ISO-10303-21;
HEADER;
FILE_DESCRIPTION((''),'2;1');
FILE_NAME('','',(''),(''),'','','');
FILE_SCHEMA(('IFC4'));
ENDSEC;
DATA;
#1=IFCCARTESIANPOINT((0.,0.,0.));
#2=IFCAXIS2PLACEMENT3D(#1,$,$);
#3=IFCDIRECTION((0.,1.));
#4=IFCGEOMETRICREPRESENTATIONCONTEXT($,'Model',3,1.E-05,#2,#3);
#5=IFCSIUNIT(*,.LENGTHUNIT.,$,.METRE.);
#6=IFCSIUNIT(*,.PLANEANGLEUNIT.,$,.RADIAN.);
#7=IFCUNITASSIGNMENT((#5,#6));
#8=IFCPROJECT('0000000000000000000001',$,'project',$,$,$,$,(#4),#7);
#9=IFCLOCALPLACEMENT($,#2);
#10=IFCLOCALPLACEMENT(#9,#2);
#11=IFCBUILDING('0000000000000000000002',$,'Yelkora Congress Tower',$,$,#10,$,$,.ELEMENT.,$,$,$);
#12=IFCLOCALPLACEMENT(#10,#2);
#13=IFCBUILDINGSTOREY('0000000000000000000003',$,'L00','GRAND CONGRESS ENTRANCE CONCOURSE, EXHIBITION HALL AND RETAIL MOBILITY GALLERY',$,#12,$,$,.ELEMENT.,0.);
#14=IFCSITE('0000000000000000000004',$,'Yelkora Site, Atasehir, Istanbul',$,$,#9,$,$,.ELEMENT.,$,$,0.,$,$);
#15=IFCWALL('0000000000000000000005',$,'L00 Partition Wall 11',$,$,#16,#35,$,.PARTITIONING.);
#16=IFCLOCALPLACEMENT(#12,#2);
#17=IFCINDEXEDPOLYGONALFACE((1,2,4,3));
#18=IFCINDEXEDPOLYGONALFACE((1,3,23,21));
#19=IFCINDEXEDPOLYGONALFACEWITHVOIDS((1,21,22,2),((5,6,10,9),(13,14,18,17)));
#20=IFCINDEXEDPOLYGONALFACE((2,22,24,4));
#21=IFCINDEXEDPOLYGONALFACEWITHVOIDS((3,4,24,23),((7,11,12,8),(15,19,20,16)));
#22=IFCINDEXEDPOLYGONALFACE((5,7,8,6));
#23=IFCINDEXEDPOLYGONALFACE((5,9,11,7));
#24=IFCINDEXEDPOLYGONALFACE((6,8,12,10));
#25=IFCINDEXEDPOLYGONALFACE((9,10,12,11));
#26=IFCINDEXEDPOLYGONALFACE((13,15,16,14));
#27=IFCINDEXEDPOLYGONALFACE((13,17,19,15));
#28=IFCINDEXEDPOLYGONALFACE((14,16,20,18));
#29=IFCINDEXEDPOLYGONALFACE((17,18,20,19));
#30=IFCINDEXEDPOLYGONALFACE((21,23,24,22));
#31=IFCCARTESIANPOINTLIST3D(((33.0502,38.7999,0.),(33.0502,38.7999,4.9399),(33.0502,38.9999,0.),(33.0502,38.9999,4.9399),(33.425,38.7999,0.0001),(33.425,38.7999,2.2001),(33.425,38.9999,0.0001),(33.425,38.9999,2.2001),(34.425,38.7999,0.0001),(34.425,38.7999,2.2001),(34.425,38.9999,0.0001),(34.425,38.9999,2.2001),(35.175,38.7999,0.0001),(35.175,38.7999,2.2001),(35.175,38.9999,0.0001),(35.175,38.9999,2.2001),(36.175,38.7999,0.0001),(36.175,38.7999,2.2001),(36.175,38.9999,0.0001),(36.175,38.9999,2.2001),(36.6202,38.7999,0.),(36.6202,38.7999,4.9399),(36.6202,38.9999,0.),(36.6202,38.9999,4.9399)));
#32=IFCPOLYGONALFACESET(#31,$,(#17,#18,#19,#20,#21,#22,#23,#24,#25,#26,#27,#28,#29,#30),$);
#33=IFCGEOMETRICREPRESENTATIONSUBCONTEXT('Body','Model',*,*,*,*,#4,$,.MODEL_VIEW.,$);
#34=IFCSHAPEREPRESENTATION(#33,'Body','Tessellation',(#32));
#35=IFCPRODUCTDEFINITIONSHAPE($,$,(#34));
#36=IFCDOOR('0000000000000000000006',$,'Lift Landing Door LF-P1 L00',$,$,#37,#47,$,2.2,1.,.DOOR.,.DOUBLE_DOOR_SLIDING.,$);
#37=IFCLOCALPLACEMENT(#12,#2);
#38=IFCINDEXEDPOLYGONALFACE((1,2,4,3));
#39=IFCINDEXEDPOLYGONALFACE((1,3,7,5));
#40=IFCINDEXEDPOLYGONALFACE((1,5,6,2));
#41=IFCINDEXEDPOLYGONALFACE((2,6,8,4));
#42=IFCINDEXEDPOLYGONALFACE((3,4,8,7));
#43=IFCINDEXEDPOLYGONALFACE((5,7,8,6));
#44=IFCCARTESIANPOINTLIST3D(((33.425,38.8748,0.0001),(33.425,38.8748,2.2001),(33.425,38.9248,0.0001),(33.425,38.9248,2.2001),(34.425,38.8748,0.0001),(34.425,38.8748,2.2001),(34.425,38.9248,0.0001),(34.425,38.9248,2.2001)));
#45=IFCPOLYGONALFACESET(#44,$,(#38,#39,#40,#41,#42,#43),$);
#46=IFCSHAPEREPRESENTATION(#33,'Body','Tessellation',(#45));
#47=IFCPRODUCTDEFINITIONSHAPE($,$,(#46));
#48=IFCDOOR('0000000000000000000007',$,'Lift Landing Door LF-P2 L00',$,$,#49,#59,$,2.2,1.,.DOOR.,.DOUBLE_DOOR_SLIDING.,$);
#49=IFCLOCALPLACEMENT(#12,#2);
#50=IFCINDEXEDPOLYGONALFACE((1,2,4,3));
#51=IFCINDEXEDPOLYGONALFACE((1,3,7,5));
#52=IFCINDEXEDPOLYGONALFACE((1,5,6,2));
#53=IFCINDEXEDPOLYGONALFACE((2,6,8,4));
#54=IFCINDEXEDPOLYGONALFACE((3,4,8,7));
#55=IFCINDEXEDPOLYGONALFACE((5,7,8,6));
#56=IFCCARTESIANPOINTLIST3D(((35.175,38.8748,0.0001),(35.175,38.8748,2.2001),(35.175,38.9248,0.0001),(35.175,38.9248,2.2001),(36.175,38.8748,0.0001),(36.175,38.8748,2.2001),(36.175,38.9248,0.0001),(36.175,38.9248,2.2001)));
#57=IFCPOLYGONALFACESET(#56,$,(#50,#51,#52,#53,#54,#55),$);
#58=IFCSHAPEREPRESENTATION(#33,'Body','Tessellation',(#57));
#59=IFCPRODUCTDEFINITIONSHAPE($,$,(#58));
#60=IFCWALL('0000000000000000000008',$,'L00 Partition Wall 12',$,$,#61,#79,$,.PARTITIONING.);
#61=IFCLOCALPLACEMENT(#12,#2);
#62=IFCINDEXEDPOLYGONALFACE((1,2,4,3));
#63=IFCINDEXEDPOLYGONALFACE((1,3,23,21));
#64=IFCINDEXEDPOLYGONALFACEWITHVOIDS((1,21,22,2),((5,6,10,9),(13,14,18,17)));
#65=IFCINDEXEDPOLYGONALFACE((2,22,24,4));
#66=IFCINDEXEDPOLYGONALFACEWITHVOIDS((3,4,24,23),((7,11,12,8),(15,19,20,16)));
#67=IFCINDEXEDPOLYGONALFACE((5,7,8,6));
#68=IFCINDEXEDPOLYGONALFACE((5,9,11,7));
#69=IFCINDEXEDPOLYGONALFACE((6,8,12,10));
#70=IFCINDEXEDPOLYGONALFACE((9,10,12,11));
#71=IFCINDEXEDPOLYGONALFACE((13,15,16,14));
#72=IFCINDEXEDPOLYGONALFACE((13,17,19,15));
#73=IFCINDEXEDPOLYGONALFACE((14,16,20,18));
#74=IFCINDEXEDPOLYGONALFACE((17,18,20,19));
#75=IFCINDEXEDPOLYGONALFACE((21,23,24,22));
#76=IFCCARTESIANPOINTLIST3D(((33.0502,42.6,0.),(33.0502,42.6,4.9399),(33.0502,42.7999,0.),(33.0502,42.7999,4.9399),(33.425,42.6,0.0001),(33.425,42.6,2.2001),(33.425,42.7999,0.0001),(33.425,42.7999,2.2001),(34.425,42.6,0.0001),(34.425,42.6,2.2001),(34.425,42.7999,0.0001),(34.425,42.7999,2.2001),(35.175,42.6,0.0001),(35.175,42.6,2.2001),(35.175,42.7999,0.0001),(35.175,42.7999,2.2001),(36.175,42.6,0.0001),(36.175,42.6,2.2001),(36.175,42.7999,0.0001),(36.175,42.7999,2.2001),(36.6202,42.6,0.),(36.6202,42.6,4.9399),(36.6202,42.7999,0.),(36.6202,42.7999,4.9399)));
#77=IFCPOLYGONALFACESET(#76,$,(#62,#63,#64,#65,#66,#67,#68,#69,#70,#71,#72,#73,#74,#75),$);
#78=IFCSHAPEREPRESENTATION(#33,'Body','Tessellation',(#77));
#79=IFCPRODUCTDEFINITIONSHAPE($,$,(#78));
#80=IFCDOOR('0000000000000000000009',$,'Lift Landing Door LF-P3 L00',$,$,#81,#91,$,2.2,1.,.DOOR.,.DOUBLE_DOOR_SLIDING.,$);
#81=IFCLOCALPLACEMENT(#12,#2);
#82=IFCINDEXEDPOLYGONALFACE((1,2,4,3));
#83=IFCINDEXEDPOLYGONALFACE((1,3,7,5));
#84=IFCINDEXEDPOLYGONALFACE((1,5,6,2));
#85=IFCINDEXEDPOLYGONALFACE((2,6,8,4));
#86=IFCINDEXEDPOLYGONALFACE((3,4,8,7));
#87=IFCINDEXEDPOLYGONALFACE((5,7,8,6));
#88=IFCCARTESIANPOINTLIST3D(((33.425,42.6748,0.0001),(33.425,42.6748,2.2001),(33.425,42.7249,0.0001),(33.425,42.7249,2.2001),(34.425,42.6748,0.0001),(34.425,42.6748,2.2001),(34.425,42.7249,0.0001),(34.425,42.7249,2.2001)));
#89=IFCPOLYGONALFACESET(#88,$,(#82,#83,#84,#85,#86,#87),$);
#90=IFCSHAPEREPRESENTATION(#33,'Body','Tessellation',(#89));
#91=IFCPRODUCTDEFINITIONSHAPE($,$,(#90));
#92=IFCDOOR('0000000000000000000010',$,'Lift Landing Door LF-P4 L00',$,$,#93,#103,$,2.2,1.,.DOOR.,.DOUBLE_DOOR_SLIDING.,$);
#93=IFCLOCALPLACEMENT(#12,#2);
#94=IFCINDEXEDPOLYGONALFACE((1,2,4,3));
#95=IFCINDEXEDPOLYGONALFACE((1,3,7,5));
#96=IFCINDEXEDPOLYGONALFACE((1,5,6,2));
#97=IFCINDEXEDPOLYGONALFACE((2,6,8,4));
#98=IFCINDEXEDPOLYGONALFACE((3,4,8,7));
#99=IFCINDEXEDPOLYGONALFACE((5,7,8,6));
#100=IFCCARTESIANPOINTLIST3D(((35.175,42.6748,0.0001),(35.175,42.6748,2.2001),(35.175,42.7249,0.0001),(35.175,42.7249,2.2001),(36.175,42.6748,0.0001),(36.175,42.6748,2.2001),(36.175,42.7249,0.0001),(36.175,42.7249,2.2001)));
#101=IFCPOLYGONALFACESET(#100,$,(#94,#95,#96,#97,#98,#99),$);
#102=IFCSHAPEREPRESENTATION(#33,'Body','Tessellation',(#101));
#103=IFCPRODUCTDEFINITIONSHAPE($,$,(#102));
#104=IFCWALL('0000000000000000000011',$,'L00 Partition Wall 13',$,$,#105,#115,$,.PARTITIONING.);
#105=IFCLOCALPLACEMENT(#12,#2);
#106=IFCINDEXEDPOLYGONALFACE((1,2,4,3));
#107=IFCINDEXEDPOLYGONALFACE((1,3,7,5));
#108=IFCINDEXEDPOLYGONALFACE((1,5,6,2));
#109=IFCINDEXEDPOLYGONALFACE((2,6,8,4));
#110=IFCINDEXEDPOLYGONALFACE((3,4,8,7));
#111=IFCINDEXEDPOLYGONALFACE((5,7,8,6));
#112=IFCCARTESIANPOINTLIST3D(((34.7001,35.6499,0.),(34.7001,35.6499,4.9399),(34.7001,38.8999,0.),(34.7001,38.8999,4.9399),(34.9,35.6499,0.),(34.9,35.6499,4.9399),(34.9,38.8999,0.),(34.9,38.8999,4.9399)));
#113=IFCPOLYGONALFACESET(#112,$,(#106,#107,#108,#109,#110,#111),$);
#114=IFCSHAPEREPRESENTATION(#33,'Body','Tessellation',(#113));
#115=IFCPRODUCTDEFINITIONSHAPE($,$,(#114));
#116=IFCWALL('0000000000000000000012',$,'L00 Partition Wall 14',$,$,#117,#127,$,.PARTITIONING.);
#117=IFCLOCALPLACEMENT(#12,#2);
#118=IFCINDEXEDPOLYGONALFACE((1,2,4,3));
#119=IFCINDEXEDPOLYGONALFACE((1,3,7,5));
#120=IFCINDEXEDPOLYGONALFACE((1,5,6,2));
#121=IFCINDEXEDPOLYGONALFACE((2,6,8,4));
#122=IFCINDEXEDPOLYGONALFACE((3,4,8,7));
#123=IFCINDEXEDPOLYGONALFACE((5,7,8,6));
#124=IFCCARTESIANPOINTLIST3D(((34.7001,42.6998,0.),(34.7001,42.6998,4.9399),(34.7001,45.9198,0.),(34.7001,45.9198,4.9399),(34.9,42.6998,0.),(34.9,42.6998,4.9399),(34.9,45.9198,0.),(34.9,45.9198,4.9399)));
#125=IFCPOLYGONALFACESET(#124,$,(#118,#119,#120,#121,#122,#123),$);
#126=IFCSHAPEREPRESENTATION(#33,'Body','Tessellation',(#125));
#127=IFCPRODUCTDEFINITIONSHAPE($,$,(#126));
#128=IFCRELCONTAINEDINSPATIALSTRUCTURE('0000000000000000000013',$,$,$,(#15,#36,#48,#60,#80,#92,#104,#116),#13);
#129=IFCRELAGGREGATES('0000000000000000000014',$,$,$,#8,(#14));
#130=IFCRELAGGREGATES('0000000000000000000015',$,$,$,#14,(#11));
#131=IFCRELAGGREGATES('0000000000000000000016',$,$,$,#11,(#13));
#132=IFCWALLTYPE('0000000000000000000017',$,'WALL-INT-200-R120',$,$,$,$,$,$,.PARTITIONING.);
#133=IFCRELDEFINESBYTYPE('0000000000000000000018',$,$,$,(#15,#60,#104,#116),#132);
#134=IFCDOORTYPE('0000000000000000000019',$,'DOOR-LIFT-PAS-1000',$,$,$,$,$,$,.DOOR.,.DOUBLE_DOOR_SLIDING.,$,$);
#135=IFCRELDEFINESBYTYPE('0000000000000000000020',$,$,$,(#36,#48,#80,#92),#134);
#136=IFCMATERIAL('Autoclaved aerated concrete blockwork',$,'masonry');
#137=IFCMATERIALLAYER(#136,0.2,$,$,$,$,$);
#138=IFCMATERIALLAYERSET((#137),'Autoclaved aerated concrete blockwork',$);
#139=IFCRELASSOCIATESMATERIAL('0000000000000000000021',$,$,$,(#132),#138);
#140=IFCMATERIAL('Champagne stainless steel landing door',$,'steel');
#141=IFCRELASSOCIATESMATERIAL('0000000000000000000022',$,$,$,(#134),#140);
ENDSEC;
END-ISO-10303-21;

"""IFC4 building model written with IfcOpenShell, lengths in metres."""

from ifc_helpers import new_model, si_unit, direction, frame, frame_2d, origin, place, context, subcontext, project, spatial, rectangle, extrude, material, layer, layer_set, type_object, element, fill, save


model = new_model("IFC4")

# Units and contexts
model_context = context("Model", 3, precision=1e-05, world=origin(), true_north=direction((0.0, 1.0)))
body_context = subcontext(model_context, "Body", "Model", "MODEL_VIEW")
ifc_project = project(units=[si_unit("LENGTHUNIT", "METRE"), si_unit("PLANEANGLEUNIT", "RADIAN")], contexts=[model_context])

# Site, building, storey
site_placement = place(None, origin())
site = spatial("IfcSite", under=ifc_project, at=site_placement, Name="Yelkora Site, Atasehir, Istanbul", CompositionType="ELEMENT", RefElevation=0.0)
building_placement = place(site_placement, origin())
building = spatial("IfcBuilding", under=site, at=building_placement, Name="Yelkora Congress Tower", CompositionType="ELEMENT")
storey_placement = place(building_placement, origin())
storey = spatial("IfcBuildingStorey", under=building, at=storey_placement, Name="L00", Description="GRAND CONGRESS ENTRANCE CONCOURSE, EXHIBITION HALL AND RETAIL MOBILITY GALLERY", CompositionType="ELEMENT", Elevation=0.0)

# Shared definitions
ifc_material_1 = material(Name="Autoclaved aerated concrete blockwork", Category="masonry")
ifc_layer_1 = layer(ifc_material_1, 0.2)
ifc_layer_set_1 = layer_set([ifc_layer_1], Name="Autoclaved aerated concrete blockwork")
wall_type_1 = type_object("IfcWallType", Name="WALL-INT-200-R120", PredefinedType="PARTITIONING", material=ifc_layer_set_1)

# Walls, openings, doors
wall_1_placement = place(storey_placement, frame((33.05, 38.8999, 0.0), z_axis=(0.0, 0.0, 1.0), x_axis=(1.0, 0.0, 0.0)))
wall_1 = element("IfcWall", 1, at=wall_1_placement, inside=storey, type_object=wall_type_1, Name="L00 Partition Wall 11", PredefinedType="PARTITIONING", context=body_context, shape_type="SweptSolid", body=[
    extrude(rectangle(XDim=3.5701, YDim=0.2, at=frame_2d((1.7852, 0.0))), origin(), (0.0, 0.0, 1.0), 4.9399),
])
opening_1_placement = place(wall_1_placement, frame((0.375, 0.0, 0.0)))
opening_1 = element("IfcOpeningElement", 2, at=opening_1_placement, cuts=wall_1, PredefinedType="OPENING", context=body_context, shape_type="SweptSolid", body=[
    extrude(rectangle(XDim=1.0, YDim=2.2, at=frame_2d((0.5, 1.1001))), frame((0.0, 0.1099, 0.0), z_axis=(0.0, -1.0, 0.0), x_axis=(1.0, 0.0, 0.0)), (0.0, 0.0, 1.0), 0.22),
])
opening_2_placement = place(wall_1_placement, frame((2.125, 0.0, 0.0)))
opening_2 = element("IfcOpeningElement", 3, at=opening_2_placement, cuts=wall_1, PredefinedType="OPENING", context=body_context, shape_type="SweptSolid", body=[
    extrude(rectangle(XDim=1.0, YDim=2.2, at=frame_2d((0.5, 1.1001))), frame((0.0, 0.1099, 0.0), z_axis=(0.0, -1.0, 0.0), x_axis=(1.0, 0.0, 0.0)), (0.0, 0.0, 1.0), 0.22),
])
ifc_material_2 = material(Name="Champagne stainless steel landing door", Category="steel")
door_type_1 = type_object("IfcDoorType", Name="DOOR-LIFT-PAS-1000", OperationType="DOUBLE_DOOR_SLIDING", PredefinedType="DOOR", material=ifc_material_2)
door_1_placement = place(opening_1_placement, origin())
door_1 = element("IfcDoor", 4, at=door_1_placement, inside=storey, type_object=door_type_1, Name="Lift Landing Door LF-P1 L00", OperationType="DOUBLE_DOOR_SLIDING", OverallHeight=2.2, OverallWidth=1.0, PredefinedType="DOOR", context=body_context, shape_type="SweptSolid", body=[
    extrude(rectangle(XDim=1.0, YDim=2.2, at=frame_2d((0.5, 1.1001))), frame((0.0, 0.0249, 0.0), z_axis=(0.0, -1.0, 0.0), x_axis=(1.0, 0.0, 0.0)), (0.0, 0.0, 1.0), 0.05),
])
fill(opening_1, door_1)
door_2_placement = place(opening_2_placement, origin())
door_2 = element("IfcDoor", 5, at=door_2_placement, inside=storey, type_object=door_type_1, Name="Lift Landing Door LF-P2 L00", OperationType="DOUBLE_DOOR_SLIDING", OverallHeight=2.2, OverallWidth=1.0, PredefinedType="DOOR", context=body_context, shape_type="SweptSolid", body=[
    extrude(rectangle(XDim=1.0, YDim=2.2, at=frame_2d((0.5, 1.1001))), frame((0.0, 0.0249, 0.0), z_axis=(0.0, -1.0, 0.0), x_axis=(1.0, 0.0, 0.0)), (0.0, 0.0, 1.0), 0.05),
])
fill(opening_2, door_2)
wall_2_placement = place(storey_placement, frame((33.05, 42.7, 0.0), z_axis=(0.0, 0.0, 1.0), x_axis=(1.0, 0.0, 0.0)))
wall_2 = element("IfcWall", 6, at=wall_2_placement, inside=storey, type_object=wall_type_1, Name="L00 Partition Wall 12", PredefinedType="PARTITIONING", context=body_context, shape_type="SweptSolid", body=[
    extrude(rectangle(XDim=3.5701, YDim=0.2, at=frame_2d((1.7852, 0.0))), origin(), (0.0, 0.0, 1.0), 4.9399),
])
opening_3_placement = place(wall_2_placement, frame((0.375, 0.0, 0.0)))
opening_3 = element("IfcOpeningElement", 7, at=opening_3_placement, cuts=wall_2, PredefinedType="OPENING", context=body_context, shape_type="SweptSolid", body=[
    extrude(rectangle(XDim=1.0, YDim=2.2, at=frame_2d((0.5, 1.1001))), frame((0.0, 0.1099, 0.0), z_axis=(0.0, -1.0, 0.0), x_axis=(1.0, 0.0, 0.0)), (0.0, 0.0, 1.0), 0.22),
])
opening_4_placement = place(wall_2_placement, frame((2.125, 0.0, 0.0)))
opening_4 = element("IfcOpeningElement", 8, at=opening_4_placement, cuts=wall_2, PredefinedType="OPENING", context=body_context, shape_type="SweptSolid", body=[
    extrude(rectangle(XDim=1.0, YDim=2.2, at=frame_2d((0.5, 1.1001))), frame((0.0, 0.1099, 0.0), z_axis=(0.0, -1.0, 0.0), x_axis=(1.0, 0.0, 0.0)), (0.0, 0.0, 1.0), 0.22),
])
door_3_placement = place(opening_3_placement, origin())
door_3 = element("IfcDoor", 9, at=door_3_placement, inside=storey, type_object=door_type_1, Name="Lift Landing Door LF-P3 L00", OperationType="DOUBLE_DOOR_SLIDING", OverallHeight=2.2, OverallWidth=1.0, PredefinedType="DOOR", context=body_context, shape_type="SweptSolid", body=[
    extrude(rectangle(XDim=1.0, YDim=2.2, at=frame_2d((0.5, 1.1001))), frame((0.0, 0.0249, 0.0), z_axis=(0.0, -1.0, 0.0), x_axis=(1.0, 0.0, 0.0)), (0.0, 0.0, 1.0), 0.05),
])
fill(opening_3, door_3)
door_4_placement = place(opening_4_placement, origin())
door_4 = element("IfcDoor", 10, at=door_4_placement, inside=storey, type_object=door_type_1, Name="Lift Landing Door LF-P4 L00", OperationType="DOUBLE_DOOR_SLIDING", OverallHeight=2.2, OverallWidth=1.0, PredefinedType="DOOR", context=body_context, shape_type="SweptSolid", body=[
    extrude(rectangle(XDim=1.0, YDim=2.2, at=frame_2d((0.5, 1.1001))), frame((0.0, 0.0249, 0.0), z_axis=(0.0, -1.0, 0.0), x_axis=(1.0, 0.0, 0.0)), (0.0, 0.0, 1.0), 0.05),
])
fill(opening_4, door_4)

# Walls
wall_3_placement = place(storey_placement, frame((34.8, 35.6499, 0.0), z_axis=(0.0, 0.0, 1.0), x_axis=(0.0, 1.0, 0.0)))
element("IfcWall", 11, at=wall_3_placement, inside=storey, type_object=wall_type_1, Name="L00 Partition Wall 13", PredefinedType="PARTITIONING", context=body_context, shape_type="SweptSolid", body=[
    extrude(rectangle(XDim=3.25, YDim=0.2, at=frame_2d((1.625, 0.0))), origin(), (0.0, 0.0, 1.0), 4.9399),
])
wall_4_placement = place(storey_placement, frame((34.8, 42.7, 0.0), z_axis=(0.0, 0.0, 1.0), x_axis=(0.0, 1.0, 0.0)))
element("IfcWall", 12, at=wall_4_placement, inside=storey, type_object=wall_type_1, Name="L00 Partition Wall 14", PredefinedType="PARTITIONING", context=body_context, shape_type="SweptSolid", body=[
    extrude(rectangle(XDim=3.22, YDim=0.2, at=frame_2d((1.6099, 0.0))), origin(), (0.0, 0.0, 1.0), 4.9399),
])

save(model, "model.ifc")
